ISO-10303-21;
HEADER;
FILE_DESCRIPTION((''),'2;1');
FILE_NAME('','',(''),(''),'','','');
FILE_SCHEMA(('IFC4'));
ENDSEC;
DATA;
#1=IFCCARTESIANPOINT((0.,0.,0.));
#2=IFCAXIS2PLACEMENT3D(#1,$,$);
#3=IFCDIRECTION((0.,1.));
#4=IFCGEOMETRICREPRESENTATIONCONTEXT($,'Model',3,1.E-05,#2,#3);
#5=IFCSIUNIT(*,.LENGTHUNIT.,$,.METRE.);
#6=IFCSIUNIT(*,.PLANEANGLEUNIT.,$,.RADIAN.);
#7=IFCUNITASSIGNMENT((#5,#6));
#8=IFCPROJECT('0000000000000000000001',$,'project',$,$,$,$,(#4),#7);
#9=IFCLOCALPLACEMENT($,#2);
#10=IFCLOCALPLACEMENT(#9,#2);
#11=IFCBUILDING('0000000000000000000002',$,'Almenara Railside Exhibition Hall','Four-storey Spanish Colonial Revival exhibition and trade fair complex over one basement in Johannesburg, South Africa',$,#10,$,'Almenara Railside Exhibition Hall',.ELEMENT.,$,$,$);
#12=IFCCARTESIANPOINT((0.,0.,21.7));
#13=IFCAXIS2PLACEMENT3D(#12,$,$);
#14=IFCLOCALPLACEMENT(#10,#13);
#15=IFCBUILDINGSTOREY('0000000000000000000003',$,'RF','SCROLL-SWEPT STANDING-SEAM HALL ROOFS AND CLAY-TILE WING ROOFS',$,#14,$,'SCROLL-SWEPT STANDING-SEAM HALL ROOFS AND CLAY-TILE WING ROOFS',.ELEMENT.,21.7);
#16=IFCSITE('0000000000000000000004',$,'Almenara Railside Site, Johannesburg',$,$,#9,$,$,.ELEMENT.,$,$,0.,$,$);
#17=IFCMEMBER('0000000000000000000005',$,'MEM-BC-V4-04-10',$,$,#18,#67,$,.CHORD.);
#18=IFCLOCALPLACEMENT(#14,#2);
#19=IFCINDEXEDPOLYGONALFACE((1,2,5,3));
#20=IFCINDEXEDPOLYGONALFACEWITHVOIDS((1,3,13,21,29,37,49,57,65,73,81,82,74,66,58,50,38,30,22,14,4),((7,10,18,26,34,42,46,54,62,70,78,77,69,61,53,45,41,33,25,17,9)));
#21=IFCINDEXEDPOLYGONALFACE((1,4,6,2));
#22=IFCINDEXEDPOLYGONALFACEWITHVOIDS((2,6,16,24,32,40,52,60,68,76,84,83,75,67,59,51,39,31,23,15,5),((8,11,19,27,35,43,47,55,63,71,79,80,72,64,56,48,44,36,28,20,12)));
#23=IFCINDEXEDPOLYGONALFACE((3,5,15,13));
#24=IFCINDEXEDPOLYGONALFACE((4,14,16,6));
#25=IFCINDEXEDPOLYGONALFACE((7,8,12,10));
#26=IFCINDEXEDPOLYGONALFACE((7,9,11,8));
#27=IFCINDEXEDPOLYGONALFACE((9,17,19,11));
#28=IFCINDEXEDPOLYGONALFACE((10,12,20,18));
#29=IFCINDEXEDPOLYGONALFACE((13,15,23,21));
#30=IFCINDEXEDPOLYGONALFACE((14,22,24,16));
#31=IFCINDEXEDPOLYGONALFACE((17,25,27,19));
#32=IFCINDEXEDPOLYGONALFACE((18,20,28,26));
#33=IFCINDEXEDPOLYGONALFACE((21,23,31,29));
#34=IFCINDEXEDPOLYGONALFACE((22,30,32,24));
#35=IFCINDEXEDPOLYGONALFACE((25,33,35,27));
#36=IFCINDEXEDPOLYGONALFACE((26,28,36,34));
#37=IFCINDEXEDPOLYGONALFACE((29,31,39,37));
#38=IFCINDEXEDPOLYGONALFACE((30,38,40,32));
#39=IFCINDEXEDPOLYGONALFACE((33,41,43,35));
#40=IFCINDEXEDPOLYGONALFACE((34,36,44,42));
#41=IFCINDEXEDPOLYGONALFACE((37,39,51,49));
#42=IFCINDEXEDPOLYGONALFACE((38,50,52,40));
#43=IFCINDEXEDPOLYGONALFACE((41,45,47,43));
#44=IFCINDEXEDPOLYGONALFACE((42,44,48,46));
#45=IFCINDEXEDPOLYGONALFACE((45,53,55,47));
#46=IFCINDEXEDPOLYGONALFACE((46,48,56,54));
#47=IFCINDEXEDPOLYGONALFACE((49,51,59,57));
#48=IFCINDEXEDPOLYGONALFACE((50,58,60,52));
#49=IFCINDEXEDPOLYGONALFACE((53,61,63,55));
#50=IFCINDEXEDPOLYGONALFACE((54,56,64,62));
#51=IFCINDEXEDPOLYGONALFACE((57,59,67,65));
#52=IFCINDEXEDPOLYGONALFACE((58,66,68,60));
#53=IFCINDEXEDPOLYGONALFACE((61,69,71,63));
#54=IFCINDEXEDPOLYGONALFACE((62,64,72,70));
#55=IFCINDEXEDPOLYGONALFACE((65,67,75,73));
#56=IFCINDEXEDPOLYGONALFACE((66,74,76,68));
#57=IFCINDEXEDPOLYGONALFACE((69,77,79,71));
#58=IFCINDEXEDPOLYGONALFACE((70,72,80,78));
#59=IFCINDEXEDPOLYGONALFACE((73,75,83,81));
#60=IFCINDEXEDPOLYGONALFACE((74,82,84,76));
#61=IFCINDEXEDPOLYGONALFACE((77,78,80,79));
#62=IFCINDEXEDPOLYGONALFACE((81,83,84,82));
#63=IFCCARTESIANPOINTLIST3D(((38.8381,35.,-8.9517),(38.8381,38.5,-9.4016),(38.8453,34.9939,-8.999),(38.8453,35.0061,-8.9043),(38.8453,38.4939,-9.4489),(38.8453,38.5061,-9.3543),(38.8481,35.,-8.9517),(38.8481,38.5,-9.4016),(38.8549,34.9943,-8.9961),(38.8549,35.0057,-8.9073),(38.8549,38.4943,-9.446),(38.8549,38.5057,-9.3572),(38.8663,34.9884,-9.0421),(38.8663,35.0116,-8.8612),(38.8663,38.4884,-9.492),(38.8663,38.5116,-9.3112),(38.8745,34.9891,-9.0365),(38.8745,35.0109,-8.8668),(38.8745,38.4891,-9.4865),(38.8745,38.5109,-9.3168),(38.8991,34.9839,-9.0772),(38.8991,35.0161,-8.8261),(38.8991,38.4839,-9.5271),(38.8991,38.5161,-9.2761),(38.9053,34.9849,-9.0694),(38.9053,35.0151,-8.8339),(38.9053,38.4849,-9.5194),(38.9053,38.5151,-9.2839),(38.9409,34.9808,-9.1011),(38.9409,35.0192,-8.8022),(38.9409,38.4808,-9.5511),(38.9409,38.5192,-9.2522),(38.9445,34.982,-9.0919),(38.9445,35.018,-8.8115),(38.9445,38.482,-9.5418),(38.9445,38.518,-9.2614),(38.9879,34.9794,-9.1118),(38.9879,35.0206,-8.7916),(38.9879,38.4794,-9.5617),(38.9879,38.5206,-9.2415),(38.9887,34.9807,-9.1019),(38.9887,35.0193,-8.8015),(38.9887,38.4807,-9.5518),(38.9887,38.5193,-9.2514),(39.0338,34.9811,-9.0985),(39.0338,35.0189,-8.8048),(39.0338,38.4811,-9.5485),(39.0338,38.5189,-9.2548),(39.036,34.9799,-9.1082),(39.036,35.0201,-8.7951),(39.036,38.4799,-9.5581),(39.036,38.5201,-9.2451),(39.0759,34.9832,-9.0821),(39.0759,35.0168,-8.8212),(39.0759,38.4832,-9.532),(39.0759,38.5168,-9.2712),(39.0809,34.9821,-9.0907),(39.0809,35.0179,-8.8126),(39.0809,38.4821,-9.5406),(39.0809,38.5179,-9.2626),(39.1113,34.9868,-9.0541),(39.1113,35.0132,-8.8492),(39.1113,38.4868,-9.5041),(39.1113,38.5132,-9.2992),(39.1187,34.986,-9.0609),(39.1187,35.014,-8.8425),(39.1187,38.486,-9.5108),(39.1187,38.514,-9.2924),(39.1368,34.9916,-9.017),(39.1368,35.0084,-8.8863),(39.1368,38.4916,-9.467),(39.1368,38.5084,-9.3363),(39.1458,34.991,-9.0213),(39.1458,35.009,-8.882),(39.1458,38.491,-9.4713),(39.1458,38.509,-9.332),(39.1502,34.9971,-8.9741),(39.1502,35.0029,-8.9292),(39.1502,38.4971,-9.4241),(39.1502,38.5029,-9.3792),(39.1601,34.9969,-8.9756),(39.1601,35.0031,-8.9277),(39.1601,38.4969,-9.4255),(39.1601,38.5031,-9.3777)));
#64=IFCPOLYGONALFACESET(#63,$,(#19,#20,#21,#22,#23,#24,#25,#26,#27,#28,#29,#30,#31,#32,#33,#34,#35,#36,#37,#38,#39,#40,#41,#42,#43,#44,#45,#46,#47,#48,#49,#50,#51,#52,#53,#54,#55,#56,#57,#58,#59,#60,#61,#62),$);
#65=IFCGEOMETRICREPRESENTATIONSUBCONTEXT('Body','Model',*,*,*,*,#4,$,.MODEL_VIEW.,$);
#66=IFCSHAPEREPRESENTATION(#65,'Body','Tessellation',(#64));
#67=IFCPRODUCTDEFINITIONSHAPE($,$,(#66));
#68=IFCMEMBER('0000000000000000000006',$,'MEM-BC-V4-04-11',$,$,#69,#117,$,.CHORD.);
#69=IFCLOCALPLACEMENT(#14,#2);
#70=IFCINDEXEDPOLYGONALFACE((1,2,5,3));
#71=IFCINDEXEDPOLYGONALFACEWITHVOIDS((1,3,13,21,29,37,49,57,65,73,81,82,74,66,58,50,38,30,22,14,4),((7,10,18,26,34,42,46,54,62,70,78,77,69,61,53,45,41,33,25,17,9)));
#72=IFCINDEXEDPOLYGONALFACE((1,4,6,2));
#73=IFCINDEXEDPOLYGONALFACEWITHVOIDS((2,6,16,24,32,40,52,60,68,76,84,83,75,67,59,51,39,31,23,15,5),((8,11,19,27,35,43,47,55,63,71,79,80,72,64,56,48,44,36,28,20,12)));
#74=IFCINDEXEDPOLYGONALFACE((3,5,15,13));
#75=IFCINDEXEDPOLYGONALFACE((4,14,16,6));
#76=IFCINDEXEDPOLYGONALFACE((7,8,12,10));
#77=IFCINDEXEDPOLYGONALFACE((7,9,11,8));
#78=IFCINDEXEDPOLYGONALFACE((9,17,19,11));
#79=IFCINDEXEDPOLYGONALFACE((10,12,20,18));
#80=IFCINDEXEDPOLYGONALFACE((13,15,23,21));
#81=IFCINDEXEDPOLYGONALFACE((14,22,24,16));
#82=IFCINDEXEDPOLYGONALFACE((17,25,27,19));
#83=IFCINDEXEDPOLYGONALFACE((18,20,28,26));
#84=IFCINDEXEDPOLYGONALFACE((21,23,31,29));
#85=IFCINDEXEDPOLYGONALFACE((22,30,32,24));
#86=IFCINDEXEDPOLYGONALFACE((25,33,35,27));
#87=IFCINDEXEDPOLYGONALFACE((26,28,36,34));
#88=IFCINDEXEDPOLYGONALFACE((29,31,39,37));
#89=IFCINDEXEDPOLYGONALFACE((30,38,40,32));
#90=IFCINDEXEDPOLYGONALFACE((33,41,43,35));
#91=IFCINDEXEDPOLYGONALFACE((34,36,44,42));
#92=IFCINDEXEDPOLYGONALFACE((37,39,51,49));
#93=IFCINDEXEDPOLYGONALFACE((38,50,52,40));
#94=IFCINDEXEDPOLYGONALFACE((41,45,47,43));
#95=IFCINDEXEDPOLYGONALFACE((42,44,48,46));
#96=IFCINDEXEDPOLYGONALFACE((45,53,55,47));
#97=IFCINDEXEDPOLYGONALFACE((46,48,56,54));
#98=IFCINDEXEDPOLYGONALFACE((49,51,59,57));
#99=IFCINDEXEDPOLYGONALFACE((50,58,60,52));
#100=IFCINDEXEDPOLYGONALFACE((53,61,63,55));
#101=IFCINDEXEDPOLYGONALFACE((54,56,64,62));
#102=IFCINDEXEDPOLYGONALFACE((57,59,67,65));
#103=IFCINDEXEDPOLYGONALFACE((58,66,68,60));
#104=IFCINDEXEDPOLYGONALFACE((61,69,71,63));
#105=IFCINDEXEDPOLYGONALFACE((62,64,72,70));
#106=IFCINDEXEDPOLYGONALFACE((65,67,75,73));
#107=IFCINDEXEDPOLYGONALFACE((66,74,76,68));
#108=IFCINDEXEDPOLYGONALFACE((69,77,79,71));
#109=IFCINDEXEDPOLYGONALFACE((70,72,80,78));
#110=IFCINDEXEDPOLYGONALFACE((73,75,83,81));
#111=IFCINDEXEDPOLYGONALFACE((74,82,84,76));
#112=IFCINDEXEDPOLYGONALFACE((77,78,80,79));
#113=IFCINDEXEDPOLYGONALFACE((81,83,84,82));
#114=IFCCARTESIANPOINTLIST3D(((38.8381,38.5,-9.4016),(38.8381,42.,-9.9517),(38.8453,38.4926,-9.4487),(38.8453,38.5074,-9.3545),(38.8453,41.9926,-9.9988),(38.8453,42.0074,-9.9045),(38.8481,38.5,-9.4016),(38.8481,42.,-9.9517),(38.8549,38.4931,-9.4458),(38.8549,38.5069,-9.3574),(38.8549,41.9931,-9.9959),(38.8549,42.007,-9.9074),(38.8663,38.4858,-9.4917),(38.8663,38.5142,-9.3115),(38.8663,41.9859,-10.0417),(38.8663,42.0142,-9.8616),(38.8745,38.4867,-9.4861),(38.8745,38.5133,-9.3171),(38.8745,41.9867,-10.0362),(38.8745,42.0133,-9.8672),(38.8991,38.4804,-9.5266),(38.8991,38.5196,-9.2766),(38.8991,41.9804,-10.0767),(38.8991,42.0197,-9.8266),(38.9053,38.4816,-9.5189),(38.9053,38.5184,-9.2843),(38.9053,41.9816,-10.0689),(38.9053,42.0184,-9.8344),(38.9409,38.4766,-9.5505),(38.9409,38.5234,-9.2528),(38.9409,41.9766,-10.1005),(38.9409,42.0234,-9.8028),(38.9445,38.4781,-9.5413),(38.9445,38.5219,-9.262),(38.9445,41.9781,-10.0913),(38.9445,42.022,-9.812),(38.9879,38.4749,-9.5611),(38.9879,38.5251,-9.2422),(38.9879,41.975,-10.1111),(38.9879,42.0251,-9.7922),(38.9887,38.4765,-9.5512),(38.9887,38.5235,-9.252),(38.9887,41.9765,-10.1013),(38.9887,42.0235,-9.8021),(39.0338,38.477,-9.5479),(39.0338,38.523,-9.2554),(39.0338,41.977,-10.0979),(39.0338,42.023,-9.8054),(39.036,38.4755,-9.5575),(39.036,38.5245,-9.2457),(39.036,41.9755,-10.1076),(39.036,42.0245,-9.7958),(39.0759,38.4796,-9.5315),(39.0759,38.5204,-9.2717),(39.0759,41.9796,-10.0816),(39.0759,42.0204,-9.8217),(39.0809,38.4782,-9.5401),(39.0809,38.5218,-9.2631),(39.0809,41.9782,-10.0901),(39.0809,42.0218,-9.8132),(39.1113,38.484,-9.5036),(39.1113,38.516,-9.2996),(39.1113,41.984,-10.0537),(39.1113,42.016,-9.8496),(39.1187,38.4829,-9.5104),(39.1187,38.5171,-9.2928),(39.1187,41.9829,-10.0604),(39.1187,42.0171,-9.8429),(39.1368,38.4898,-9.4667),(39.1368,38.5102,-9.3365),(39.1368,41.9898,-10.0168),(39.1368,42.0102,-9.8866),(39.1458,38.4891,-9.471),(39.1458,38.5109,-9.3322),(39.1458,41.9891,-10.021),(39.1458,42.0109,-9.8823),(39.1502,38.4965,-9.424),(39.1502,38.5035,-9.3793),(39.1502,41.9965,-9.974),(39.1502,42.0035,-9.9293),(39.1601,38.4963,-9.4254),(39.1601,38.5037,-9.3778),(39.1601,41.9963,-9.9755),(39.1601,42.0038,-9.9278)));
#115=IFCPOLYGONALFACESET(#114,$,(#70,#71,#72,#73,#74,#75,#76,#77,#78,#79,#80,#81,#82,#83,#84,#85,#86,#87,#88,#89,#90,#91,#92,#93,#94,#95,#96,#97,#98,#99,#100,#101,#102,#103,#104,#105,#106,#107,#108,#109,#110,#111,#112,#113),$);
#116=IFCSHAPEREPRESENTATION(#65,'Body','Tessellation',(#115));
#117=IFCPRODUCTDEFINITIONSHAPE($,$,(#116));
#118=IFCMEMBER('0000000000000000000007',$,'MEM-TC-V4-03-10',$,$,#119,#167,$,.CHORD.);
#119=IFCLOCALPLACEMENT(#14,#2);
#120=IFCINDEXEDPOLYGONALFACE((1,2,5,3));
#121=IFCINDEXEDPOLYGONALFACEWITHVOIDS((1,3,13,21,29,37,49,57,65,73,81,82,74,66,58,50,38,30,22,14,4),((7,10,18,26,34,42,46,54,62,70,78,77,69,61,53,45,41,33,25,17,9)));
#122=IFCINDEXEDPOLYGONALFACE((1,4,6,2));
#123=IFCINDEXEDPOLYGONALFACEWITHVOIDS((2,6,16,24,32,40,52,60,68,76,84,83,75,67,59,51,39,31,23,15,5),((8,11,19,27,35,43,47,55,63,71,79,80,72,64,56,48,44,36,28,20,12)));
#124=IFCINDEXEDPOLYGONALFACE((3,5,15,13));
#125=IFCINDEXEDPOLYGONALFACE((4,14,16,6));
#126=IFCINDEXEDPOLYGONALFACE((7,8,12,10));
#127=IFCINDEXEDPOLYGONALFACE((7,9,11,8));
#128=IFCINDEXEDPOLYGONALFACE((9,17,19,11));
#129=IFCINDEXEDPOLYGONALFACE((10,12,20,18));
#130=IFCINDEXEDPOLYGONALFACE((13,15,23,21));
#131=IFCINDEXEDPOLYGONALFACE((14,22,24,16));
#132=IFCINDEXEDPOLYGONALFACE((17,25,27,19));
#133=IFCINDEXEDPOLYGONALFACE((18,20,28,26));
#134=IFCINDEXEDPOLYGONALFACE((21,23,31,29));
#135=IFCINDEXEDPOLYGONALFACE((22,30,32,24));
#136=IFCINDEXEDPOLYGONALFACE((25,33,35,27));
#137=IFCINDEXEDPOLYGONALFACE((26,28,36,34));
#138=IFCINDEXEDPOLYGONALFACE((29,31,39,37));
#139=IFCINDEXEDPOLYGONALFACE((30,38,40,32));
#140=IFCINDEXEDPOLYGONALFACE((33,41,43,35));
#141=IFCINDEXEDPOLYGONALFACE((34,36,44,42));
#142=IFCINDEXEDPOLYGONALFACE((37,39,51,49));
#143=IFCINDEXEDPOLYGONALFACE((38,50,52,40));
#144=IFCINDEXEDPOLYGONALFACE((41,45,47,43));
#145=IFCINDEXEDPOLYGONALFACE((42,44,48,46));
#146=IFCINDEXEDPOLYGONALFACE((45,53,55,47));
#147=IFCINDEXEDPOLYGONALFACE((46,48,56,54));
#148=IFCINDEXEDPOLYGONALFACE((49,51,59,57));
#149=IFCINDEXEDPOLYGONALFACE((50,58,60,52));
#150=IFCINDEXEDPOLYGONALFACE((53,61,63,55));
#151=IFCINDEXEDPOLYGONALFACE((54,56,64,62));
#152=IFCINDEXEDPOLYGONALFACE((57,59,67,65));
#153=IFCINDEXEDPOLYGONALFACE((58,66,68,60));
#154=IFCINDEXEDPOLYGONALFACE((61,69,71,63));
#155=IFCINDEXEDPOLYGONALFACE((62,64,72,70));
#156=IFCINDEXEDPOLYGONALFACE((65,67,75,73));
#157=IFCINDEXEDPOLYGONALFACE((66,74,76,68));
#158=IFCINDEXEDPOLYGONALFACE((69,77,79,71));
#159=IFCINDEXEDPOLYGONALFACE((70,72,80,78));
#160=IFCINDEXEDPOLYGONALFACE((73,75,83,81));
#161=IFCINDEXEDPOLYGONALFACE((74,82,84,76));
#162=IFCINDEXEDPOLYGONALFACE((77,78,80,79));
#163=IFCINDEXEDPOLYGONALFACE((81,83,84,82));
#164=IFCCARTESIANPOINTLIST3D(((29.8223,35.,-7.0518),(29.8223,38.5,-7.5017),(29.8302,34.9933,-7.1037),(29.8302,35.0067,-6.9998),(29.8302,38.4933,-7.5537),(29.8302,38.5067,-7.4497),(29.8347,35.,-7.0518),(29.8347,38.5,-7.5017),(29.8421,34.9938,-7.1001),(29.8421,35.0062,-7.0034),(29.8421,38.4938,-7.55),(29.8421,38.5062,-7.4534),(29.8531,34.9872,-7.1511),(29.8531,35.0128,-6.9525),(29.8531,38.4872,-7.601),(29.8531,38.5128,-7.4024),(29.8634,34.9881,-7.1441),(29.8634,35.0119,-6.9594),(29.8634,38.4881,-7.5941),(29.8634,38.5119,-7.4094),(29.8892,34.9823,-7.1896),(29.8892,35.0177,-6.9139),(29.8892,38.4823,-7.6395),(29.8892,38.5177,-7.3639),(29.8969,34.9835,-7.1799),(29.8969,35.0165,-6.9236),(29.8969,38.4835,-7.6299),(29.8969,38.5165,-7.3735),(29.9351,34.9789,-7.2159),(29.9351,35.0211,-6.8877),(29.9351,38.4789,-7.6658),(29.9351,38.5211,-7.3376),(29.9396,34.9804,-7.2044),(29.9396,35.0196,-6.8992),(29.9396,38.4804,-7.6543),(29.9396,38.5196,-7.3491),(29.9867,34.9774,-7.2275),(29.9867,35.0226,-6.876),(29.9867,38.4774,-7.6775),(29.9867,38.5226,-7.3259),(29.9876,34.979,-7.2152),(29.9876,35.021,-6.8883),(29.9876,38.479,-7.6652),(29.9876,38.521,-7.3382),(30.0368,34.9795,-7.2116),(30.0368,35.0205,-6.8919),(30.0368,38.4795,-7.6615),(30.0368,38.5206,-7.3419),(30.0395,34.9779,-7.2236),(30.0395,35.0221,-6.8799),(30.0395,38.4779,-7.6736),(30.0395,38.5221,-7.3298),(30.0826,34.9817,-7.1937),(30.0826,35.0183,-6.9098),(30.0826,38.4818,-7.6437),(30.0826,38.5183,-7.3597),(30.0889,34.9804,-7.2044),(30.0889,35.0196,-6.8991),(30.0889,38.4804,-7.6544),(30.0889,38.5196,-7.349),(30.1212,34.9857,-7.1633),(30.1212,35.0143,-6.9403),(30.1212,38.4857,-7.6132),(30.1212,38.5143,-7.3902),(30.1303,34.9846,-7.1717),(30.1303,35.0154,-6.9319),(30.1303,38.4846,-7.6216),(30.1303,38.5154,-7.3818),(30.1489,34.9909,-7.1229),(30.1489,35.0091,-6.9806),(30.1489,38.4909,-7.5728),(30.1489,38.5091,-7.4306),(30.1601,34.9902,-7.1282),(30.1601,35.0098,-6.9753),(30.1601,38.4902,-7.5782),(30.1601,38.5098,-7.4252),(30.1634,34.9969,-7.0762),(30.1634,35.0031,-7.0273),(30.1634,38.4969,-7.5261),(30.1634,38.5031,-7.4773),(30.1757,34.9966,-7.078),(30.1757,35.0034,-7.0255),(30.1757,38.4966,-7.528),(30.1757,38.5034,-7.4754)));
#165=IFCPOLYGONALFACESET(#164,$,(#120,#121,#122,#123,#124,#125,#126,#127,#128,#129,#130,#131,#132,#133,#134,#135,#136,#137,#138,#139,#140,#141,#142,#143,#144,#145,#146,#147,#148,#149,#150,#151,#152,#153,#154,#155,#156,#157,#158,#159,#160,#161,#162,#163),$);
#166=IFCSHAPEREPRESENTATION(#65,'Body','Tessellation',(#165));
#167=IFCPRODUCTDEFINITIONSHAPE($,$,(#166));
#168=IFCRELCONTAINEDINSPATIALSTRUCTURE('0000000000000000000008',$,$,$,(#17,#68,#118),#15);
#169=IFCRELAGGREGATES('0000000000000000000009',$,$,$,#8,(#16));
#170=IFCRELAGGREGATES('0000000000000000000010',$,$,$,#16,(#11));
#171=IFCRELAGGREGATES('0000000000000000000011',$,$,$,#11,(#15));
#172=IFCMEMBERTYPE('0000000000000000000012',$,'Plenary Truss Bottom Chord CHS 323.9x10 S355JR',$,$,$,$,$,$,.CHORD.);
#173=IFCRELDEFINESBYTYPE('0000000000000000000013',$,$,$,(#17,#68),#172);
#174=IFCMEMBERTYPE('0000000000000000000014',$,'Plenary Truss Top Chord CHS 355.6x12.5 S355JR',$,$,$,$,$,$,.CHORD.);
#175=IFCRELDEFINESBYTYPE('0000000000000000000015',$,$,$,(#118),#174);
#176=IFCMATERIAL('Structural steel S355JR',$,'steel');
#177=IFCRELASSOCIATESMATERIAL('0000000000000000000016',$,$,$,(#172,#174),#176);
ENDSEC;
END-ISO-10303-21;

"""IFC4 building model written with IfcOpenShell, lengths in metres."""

from ifc_helpers import new_model, si_unit, direction, frame, origin, origin_2d, place, context, subcontext, project, spatial, hollow_circle, extrude, material, material_profile, profile_set, type_object, element, save


model = new_model("IFC4")

# Units and contexts
model_context = context("Model", 3, precision=1e-05, world=origin(), true_north=direction((0.0, 1.0)))
body_context = subcontext(model_context, "Body", "Model", "MODEL_VIEW")
ifc_project = project(units=[si_unit("LENGTHUNIT", "METRE"), si_unit("PLANEANGLEUNIT", "RADIAN")], contexts=[model_context])

# Site, building, storey
site_placement = place(None, origin())
site = spatial("IfcSite", under=ifc_project, at=site_placement, Name="Almenara Railside Site, Johannesburg", CompositionType="ELEMENT", RefElevation=0.0)
building_placement = place(site_placement, origin())
building = spatial("IfcBuilding", under=site, at=building_placement, Name="Almenara Railside Exhibition Hall", Description="Four-storey Spanish Colonial Revival exhibition and trade fair complex over one basement in Johannesburg, South Africa", LongName="Almenara Railside Exhibition Hall", CompositionType="ELEMENT")
storey_placement = place(building_placement, frame((0.0, 0.0, 21.7)))
storey = spatial("IfcBuildingStorey", under=building, at=storey_placement, Name="RF", Description="SCROLL-SWEPT STANDING-SEAM HALL ROOFS AND CLAY-TILE WING ROOFS", LongName="SCROLL-SWEPT STANDING-SEAM HALL ROOFS AND CLAY-TILE WING ROOFS", CompositionType="ELEMENT", Elevation=21.7)

# Members
ifc_material = material(Name="Structural steel S355JR", Category="steel")
ifc_material_profile_1 = material_profile(ifc_material, hollow_circle(Radius=0.1619, WallThickness=0.01, at=origin_2d()), Name="CHS 323.9x10")
ifc_profile_set_1 = profile_set([ifc_material_profile_1], Name="Structural steel S355JR")
member_type_1 = type_object("IfcMemberType", Name="Plenary Truss Bottom Chord CHS 323.9x10 S355JR", PredefinedType="CHORD", material=ifc_profile_set_1)
member_1_placement = place(storey_placement, frame((39.0, 35.0, -8.9517), z_axis=(0.0, 0.991838, -0.127508), x_axis=(-1.0, 0.0, 0.0)))
element("IfcMember", 1, at=member_1_placement, inside=storey, type_object=member_type_1, Name="MEM-BC-V4-04-10", PredefinedType="CHORD", context=body_context, shape_type="SweptSolid", body=[
    extrude(hollow_circle(Radius=0.1619, WallThickness=0.01, at=origin_2d()), origin(), (0.0, 0.0, 1.0), 3.5288),
])
member_2_placement = place(storey_placement, frame((39.0, 38.5, -9.4016), z_axis=(0.0, 0.987875, -0.155251), x_axis=(-1.0, 0.0, 0.0)))
element("IfcMember", 2, at=member_2_placement, inside=storey, type_object=member_type_1, Name="MEM-BC-V4-04-11", PredefinedType="CHORD", context=body_context, shape_type="SweptSolid", body=[
    extrude(hollow_circle(Radius=0.1619, WallThickness=0.01, at=origin_2d()), origin(), (0.0, 0.0, 1.0), 3.543),
])
ifc_material_profile_2 = material_profile(ifc_material, hollow_circle(Radius=0.1777, WallThickness=0.0125, at=origin_2d()), Name="CHS 355.6x12.5")
ifc_profile_set_2 = profile_set([ifc_material_profile_2], Name="Structural steel S355JR")
member_type_2 = type_object("IfcMemberType", Name="Plenary Truss Top Chord CHS 355.6x12.5 S355JR", PredefinedType="CHORD", material=ifc_profile_set_2)
member_3_placement = place(storey_placement, frame((30.0, 35.0, -7.0518), z_axis=(0.0, 0.991838, -0.127508), x_axis=(-1.0, 0.0, 0.0)))
element("IfcMember", 3, at=member_3_placement, inside=storey, type_object=member_type_2, Name="MEM-TC-V4-03-10", PredefinedType="CHORD", context=body_context, shape_type="SweptSolid", body=[
    extrude(hollow_circle(Radius=0.1777, WallThickness=0.0125, at=origin_2d()), origin(), (0.0, 0.0, 1.0), 3.5288),
])

save(model, "model.ifc")
